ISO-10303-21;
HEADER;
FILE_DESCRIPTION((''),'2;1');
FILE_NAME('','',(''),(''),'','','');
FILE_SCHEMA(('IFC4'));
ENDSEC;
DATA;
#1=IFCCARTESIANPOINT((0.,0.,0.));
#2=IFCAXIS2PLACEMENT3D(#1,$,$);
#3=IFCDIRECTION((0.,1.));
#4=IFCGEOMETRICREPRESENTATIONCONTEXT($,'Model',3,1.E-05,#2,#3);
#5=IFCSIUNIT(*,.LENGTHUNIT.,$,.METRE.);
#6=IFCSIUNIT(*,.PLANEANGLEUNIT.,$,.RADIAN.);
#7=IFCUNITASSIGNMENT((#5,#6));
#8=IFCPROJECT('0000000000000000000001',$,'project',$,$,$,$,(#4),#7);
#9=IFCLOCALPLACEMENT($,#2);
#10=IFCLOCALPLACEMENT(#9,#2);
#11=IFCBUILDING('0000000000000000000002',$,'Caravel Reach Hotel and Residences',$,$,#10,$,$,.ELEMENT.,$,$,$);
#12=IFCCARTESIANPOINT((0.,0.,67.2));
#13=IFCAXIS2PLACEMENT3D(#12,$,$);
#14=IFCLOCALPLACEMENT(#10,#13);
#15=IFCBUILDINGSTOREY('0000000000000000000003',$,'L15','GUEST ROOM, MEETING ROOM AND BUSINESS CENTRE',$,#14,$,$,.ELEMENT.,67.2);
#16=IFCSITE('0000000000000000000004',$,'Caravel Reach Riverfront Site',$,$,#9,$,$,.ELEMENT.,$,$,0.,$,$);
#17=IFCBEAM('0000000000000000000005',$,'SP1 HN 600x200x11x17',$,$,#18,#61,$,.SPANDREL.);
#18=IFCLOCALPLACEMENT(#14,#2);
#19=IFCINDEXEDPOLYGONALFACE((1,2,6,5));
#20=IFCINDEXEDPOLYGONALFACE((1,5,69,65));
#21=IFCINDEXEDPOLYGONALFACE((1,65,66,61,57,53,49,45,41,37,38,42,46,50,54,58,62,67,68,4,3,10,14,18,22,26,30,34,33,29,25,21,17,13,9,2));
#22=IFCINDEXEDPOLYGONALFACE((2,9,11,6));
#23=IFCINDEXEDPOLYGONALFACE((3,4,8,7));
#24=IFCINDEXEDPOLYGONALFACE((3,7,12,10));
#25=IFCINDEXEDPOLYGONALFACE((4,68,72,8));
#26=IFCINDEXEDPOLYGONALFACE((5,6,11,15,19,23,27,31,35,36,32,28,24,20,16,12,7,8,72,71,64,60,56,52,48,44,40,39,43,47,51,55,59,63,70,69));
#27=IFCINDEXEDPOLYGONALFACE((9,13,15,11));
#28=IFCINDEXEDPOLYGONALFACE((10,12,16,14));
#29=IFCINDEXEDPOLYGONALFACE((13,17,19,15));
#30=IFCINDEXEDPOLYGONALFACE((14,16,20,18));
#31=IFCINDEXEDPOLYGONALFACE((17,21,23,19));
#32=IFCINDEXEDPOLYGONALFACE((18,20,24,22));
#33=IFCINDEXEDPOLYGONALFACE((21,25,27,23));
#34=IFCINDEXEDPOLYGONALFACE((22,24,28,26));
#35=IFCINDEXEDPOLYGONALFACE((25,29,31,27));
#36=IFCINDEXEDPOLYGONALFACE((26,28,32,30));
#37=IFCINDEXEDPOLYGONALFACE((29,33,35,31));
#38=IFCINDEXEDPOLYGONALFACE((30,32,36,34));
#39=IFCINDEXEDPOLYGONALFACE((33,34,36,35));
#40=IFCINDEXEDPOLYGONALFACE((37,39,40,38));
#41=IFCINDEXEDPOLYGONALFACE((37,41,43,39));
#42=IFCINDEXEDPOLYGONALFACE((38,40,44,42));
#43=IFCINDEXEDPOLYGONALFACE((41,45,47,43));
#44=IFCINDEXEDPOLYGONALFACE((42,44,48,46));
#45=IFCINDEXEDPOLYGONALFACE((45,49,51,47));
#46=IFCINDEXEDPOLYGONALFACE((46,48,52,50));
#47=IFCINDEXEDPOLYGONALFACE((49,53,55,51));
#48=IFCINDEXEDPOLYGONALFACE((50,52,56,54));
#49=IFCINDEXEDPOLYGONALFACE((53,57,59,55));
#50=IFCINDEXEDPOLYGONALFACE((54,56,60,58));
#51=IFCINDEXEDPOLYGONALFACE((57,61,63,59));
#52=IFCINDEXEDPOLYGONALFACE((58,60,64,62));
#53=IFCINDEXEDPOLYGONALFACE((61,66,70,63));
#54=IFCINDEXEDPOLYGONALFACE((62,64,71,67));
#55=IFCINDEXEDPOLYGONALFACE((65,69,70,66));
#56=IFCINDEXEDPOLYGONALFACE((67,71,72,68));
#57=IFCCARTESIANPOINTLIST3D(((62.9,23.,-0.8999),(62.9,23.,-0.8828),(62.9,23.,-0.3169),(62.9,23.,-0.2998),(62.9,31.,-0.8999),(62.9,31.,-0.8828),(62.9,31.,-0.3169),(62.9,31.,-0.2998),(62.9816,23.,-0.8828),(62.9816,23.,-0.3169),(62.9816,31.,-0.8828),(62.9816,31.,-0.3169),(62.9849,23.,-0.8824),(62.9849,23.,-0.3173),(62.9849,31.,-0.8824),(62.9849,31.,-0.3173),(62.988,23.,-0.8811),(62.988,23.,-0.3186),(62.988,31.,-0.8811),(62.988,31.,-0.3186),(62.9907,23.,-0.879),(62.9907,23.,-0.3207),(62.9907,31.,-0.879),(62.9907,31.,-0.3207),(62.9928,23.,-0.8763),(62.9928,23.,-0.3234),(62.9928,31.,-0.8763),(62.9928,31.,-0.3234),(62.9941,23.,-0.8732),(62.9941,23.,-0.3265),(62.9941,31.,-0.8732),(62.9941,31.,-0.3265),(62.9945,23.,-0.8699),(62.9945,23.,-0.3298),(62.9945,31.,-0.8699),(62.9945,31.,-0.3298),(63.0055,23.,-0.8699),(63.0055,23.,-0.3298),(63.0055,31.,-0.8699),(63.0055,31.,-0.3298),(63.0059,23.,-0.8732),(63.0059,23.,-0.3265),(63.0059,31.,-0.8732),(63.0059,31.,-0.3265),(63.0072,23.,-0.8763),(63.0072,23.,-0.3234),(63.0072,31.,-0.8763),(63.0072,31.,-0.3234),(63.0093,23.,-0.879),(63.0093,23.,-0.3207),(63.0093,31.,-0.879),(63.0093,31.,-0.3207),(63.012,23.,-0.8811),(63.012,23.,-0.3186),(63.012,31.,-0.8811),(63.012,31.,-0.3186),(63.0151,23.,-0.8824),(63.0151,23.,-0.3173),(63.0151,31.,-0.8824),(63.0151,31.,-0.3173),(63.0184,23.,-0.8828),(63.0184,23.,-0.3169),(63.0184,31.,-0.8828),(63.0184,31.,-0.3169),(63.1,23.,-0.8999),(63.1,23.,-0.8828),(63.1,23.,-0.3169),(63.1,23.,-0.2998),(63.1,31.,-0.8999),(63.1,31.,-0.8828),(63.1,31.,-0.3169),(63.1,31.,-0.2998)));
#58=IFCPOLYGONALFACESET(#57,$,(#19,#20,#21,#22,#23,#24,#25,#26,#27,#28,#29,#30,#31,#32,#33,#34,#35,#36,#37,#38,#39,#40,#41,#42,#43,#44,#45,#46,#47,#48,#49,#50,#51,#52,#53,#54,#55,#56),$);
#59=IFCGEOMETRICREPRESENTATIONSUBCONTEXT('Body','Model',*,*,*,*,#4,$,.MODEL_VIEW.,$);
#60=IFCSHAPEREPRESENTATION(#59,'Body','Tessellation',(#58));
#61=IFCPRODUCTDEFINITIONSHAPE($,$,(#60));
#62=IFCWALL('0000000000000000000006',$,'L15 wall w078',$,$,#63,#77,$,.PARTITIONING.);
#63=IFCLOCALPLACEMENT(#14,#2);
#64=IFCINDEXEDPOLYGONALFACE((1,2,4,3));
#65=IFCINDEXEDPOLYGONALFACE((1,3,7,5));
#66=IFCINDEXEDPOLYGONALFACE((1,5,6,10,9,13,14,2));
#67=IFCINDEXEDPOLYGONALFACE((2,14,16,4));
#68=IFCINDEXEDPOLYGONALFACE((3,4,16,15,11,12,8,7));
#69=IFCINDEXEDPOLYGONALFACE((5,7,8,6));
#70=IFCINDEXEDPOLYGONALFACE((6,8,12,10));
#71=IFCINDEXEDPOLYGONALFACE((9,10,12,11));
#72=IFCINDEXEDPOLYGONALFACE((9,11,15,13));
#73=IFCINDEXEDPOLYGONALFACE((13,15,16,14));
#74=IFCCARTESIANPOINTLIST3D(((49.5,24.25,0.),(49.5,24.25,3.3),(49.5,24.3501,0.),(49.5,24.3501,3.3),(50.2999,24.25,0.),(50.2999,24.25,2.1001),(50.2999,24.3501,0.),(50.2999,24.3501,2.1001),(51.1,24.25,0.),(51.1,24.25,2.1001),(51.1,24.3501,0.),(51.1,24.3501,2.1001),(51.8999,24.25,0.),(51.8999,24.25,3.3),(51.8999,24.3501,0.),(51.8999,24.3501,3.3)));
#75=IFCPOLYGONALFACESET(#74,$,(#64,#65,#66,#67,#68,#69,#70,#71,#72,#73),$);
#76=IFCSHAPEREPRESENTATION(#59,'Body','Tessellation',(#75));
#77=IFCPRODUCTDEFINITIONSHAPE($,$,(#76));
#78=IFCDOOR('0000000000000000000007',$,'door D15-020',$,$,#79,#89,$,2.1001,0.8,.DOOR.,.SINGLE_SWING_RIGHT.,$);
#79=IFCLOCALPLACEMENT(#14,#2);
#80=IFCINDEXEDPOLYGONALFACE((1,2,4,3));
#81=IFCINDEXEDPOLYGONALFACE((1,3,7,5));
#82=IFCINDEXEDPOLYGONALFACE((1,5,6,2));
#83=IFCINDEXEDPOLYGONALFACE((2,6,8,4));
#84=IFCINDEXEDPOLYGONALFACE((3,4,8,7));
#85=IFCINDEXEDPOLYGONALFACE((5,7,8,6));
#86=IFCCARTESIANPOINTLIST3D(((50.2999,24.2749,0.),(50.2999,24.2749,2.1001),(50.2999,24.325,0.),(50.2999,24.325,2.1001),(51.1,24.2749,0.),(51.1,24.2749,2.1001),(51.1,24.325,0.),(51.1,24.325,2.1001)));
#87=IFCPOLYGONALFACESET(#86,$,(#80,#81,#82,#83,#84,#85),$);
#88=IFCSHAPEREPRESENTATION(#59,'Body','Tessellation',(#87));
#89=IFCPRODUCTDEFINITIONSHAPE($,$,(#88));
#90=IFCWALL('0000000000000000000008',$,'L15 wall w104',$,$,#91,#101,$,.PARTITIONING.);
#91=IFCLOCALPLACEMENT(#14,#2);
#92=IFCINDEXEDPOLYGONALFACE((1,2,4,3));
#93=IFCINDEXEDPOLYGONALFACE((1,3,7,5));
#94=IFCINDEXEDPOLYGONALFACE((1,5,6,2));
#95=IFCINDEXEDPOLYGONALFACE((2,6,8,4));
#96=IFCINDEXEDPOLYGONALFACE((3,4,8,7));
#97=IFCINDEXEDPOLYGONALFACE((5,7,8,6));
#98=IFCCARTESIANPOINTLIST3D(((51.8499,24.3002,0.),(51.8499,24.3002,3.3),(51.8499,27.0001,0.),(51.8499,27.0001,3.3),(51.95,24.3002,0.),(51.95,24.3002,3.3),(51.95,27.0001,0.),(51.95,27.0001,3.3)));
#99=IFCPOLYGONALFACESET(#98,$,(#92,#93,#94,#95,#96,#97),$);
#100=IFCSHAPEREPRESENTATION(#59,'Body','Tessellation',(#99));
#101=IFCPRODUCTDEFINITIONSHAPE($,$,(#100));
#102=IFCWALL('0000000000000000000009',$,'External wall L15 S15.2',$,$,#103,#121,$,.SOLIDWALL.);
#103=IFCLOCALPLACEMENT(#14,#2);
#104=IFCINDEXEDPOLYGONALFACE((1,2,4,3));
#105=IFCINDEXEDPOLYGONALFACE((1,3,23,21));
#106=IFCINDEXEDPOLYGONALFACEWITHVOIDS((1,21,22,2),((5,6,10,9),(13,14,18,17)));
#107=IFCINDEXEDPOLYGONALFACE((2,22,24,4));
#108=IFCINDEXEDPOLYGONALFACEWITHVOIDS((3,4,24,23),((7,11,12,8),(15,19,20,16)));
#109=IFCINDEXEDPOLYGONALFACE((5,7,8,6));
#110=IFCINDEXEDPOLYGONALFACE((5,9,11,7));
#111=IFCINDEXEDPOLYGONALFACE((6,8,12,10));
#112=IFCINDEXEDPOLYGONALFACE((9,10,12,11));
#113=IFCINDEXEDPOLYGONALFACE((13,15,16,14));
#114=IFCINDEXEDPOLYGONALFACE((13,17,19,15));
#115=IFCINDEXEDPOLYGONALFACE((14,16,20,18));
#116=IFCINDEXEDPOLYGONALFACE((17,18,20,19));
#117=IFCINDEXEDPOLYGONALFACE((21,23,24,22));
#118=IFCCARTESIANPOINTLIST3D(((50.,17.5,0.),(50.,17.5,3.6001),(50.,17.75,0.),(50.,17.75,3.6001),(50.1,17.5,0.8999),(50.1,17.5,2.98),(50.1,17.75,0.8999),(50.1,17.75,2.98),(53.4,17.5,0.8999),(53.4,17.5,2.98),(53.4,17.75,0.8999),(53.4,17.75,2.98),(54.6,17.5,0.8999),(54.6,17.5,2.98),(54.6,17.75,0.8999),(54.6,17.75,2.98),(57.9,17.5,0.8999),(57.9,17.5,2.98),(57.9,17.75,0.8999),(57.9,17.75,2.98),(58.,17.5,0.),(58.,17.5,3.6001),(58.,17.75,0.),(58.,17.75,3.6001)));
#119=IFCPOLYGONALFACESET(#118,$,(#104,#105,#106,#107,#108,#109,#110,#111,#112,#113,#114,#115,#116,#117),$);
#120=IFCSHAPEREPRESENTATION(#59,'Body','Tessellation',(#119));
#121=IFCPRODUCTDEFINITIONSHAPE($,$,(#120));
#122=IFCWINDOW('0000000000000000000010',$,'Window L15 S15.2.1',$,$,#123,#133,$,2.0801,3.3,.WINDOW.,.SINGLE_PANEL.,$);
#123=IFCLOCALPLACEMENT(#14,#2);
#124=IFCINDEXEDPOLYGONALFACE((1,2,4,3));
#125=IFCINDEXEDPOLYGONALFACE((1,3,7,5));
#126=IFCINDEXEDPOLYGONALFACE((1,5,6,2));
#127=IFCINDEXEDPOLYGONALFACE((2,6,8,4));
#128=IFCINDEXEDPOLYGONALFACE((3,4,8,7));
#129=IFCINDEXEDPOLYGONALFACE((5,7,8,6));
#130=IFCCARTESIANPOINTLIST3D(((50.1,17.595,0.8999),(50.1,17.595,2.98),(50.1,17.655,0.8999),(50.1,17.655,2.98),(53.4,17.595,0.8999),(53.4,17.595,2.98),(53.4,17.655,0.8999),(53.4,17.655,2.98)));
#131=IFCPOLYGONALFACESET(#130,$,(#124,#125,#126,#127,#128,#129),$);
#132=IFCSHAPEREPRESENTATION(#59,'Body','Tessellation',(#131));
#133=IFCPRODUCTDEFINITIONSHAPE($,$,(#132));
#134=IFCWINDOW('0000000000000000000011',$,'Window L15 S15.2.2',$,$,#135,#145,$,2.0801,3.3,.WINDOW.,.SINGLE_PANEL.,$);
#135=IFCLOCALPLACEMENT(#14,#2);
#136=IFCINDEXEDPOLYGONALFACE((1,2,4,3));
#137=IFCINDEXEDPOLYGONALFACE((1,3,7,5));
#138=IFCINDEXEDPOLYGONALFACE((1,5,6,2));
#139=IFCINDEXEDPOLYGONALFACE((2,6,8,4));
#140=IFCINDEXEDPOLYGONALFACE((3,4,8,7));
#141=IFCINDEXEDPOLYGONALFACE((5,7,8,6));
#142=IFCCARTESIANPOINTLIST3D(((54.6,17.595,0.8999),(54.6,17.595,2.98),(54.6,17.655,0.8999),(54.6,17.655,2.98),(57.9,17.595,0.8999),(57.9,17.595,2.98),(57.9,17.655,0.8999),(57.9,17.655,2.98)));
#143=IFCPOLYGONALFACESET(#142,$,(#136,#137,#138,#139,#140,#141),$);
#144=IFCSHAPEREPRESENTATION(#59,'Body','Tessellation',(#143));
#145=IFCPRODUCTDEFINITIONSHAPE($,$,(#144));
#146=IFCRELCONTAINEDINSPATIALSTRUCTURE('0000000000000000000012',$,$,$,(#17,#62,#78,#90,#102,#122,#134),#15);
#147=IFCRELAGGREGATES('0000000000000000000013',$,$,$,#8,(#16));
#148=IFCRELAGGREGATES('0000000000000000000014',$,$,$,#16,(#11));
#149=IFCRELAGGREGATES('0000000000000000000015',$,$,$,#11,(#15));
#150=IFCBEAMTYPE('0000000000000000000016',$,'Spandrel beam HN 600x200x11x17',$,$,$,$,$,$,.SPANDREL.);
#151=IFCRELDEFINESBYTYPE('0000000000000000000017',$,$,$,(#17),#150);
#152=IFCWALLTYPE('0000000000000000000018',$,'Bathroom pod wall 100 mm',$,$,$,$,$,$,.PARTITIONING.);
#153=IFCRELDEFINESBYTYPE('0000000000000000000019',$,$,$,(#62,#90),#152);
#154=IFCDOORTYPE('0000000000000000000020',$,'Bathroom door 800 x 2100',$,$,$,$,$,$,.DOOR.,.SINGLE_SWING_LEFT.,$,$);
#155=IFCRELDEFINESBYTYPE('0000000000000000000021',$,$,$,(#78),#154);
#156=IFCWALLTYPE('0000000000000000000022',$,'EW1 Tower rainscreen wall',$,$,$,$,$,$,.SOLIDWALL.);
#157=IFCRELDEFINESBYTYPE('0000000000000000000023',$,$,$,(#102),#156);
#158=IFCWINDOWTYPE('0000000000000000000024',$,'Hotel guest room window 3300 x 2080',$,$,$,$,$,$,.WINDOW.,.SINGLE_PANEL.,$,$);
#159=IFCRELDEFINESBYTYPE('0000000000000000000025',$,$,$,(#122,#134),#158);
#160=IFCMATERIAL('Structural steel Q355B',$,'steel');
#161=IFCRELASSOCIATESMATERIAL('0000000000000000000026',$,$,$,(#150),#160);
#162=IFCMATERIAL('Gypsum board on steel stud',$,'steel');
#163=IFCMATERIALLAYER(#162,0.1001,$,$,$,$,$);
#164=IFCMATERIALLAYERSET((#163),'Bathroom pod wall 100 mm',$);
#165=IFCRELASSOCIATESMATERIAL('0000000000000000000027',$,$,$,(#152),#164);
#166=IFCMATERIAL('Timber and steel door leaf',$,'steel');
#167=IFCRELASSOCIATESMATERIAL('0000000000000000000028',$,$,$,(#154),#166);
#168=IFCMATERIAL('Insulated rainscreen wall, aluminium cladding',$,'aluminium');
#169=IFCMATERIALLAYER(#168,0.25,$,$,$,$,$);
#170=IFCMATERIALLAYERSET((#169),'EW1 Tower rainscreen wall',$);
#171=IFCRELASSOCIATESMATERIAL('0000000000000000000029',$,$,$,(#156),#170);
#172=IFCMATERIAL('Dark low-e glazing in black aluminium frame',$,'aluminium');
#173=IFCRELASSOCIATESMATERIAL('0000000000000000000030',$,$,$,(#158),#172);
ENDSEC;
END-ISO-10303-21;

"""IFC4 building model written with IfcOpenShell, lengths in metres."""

from ifc_helpers import new_model, si_unit, direction, frame, frame_2d, origin, origin_2d, place, context, subcontext, project, spatial, rectangle, i_section, extrude, material, layer, layer_set, material_profile, profile_set, type_object, element, fill, save


model = new_model("IFC4")

# Units and contexts
model_context = context("Model", 3, precision=1e-05, world=origin(), true_north=direction((0.0, 1.0)))
body_context = subcontext(model_context, "Body", "Model", "MODEL_VIEW")
ifc_project = project(units=[si_unit("LENGTHUNIT", "METRE"), si_unit("PLANEANGLEUNIT", "RADIAN")], contexts=[model_context])

# Site, building, storey
site_placement = place(None, origin())
site = spatial("IfcSite", under=ifc_project, at=site_placement, Name="Caravel Reach Riverfront Site", CompositionType="ELEMENT", RefElevation=0.0)
building_placement = place(site_placement, origin())
building = spatial("IfcBuilding", under=site, at=building_placement, Name="Caravel Reach Hotel and Residences", CompositionType="ELEMENT")
storey_placement = place(building_placement, frame((0.0, 0.0, 67.2)))
storey = spatial("IfcBuildingStorey", under=building, at=storey_placement, Name="L15", Description="GUEST ROOM, MEETING ROOM AND BUSINESS CENTRE", CompositionType="ELEMENT", Elevation=67.2)

# Beam
ifc_material_1 = material(Name="Structural steel Q355B", Category="steel")
ifc_material_profile_1 = material_profile(ifc_material_1, i_section(OverallWidth=0.2, OverallDepth=0.6001, WebThickness=0.011, FlangeThickness=0.0171, FilletRadius=0.0129, at=origin_2d()), Name="HN 600x200x11x17")
ifc_profile_set_1 = profile_set([ifc_material_profile_1], Name="Structural steel Q355B")
beam_type_1 = type_object("IfcBeamType", Name="Spandrel beam HN 600x200x11x17", PredefinedType="SPANDREL", material=ifc_profile_set_1)
beam_1_placement = place(storey_placement, frame((63.0, 23.0, -0.5999), z_axis=(0.0, 1.0, 0.0), x_axis=(-1.0, 0.0, 0.0)))
element("IfcBeam", 1, at=beam_1_placement, inside=storey, type_object=beam_type_1, Name="SP1 HN 600x200x11x17", PredefinedType="SPANDREL", context=body_context, shape_type="SweptSolid", body=[
    extrude(i_section(OverallWidth=0.2, OverallDepth=0.6001, WebThickness=0.011, FlangeThickness=0.0171, FilletRadius=0.0129, at=origin_2d()), origin(), (0.0, 0.0, 1.0), 8.0),
])

# Wall, opening, door
ifc_material_2 = material(Name="Gypsum board on steel stud", Category="steel")
ifc_layer_1 = layer(ifc_material_2, 0.1001)
ifc_layer_set_1 = layer_set([ifc_layer_1], Name="Bathroom pod wall 100 mm")
wall_type_1 = type_object("IfcWallType", Name="Bathroom pod wall 100 mm", PredefinedType="PARTITIONING", material=ifc_layer_set_1)
wall_1_placement = place(storey_placement, frame((49.5, 24.3, 0.0), z_axis=(0.0, 0.0, 1.0), x_axis=(1.0, 0.0, 0.0)))
wall_1 = element("IfcWall", 2, at=wall_1_placement, inside=storey, type_object=wall_type_1, Name="L15 wall w078", PredefinedType="PARTITIONING", context=body_context, shape_type="SweptSolid", body=[
    extrude(rectangle(XDim=2.3999, YDim=0.1001, at=frame_2d((1.2, 0.0))), origin(), (0.0, 0.0, 1.0), 3.3),
])
opening_1_placement = place(wall_1_placement, frame((0.8, 0.0, 0.0)))
opening_1 = element("IfcOpeningElement", 3, at=opening_1_placement, cuts=wall_1, PredefinedType="OPENING", context=body_context, shape_type="SweptSolid", body=[
    extrude(rectangle(XDim=0.8, YDim=2.1001, at=frame_2d((0.3999, 1.05))), frame((0.0, 0.0601, 0.0), z_axis=(0.0, -1.0, 0.0), x_axis=(1.0, 0.0, 0.0)), (0.0, 0.0, 1.0), 0.1201),
])
ifc_material_3 = material(Name="Timber and steel door leaf", Category="steel")
door_type = type_object("IfcDoorType", Name="Bathroom door 800 x 2100", OperationType="SINGLE_SWING_LEFT", PredefinedType="DOOR", material=ifc_material_3)
door_placement = place(opening_1_placement, origin())
door = element("IfcDoor", 4, at=door_placement, inside=storey, type_object=door_type, Name="door D15-020", OperationType="SINGLE_SWING_RIGHT", OverallHeight=2.1001, OverallWidth=0.8, PredefinedType="DOOR", context=body_context, shape_type="SweptSolid", body=[
    extrude(rectangle(XDim=0.8, YDim=2.1001, at=frame_2d((0.3999, 1.05))), frame((0.0, 0.0249, 0.0), z_axis=(0.0, -1.0, 0.0), x_axis=(1.0, 0.0, 0.0)), (0.0, 0.0, 1.0), 0.05),
])
fill(opening_1, door)

# Wall
wall_2_placement = place(storey_placement, frame((51.8999, 24.3, 0.0), z_axis=(0.0, 0.0, 1.0), x_axis=(0.0, 1.0, 0.0)))
element("IfcWall", 5, at=wall_2_placement, inside=storey, type_object=wall_type_1, Name="L15 wall w104", PredefinedType="PARTITIONING", context=body_context, shape_type="SweptSolid", body=[
    extrude(rectangle(XDim=2.7, YDim=0.1001, at=frame_2d((1.3501, 0.0))), origin(), (0.0, 0.0, 1.0), 3.3),
])

# Wall, openings, windows
ifc_material_4 = material(Name="Insulated rainscreen wall, aluminium cladding", Category="aluminium")
ifc_layer_2 = layer(ifc_material_4, 0.25)
ifc_layer_set_2 = layer_set([ifc_layer_2], Name="EW1 Tower rainscreen wall")
wall_type_2 = type_object("IfcWallType", Name="EW1 Tower rainscreen wall", PredefinedType="SOLIDWALL", material=ifc_layer_set_2)
wall_3_placement = place(storey_placement, frame((50.0, 17.625, 0.0), z_axis=(0.0, 0.0, 1.0), x_axis=(1.0, 0.0, 0.0)))
wall_3 = element("IfcWall", 6, at=wall_3_placement, inside=storey, type_object=wall_type_2, Name="External wall L15 S15.2", PredefinedType="SOLIDWALL", context=body_context, shape_type="SweptSolid", body=[
    extrude(rectangle(XDim=8.0, YDim=0.25, at=frame_2d((4.0, 0.0))), origin(), (0.0, 0.0, 1.0), 3.6001),
])
opening_2_placement = place(wall_3_placement, frame((0.1001, 0.0, 0.8999)))
opening_2 = element("IfcOpeningElement", 7, at=opening_2_placement, cuts=wall_3, PredefinedType="OPENING", context=body_context, shape_type="SweptSolid", body=[
    extrude(rectangle(XDim=3.3, YDim=2.0801, at=frame_2d((1.6499, 1.04))), frame((0.0, 0.135, 0.0), z_axis=(0.0, -1.0, 0.0), x_axis=(1.0, 0.0, 0.0)), (0.0, 0.0, 1.0), 0.27),
])
opening_3_placement = place(wall_3_placement, frame((4.6001, 0.0, 0.8999)))
opening_3 = element("IfcOpeningElement", 8, at=opening_3_placement, cuts=wall_3, PredefinedType="OPENING", context=body_context, shape_type="SweptSolid", body=[
    extrude(rectangle(XDim=3.3, YDim=2.0801, at=frame_2d((1.6499, 1.04))), frame((0.0, 0.135, 0.0), z_axis=(0.0, -1.0, 0.0), x_axis=(1.0, 0.0, 0.0)), (0.0, 0.0, 1.0), 0.27),
])
ifc_material_5 = material(Name="Dark low-e glazing in black aluminium frame", Category="aluminium")
window_type_1 = type_object("IfcWindowType", Name="Hotel guest room window 3300 x 2080", PartitioningType="SINGLE_PANEL", PredefinedType="WINDOW", material=ifc_material_5)
window_1_placement = place(opening_2_placement, origin())
window_1 = element("IfcWindow", 9, at=window_1_placement, inside=storey, type_object=window_type_1, Name="Window L15 S15.2.1", OverallHeight=2.0801, OverallWidth=3.3, PartitioningType="SINGLE_PANEL", PredefinedType="WINDOW", context=body_context, shape_type="SweptSolid", body=[
    extrude(rectangle(XDim=3.3, YDim=2.0801, at=frame_2d((1.6499, 1.04))), frame((0.0, 0.03, 0.0), z_axis=(0.0, -1.0, 0.0), x_axis=(1.0, 0.0, 0.0)), (0.0, 0.0, 1.0), 0.0601),
])
fill(opening_2, window_1)
window_2_placement = place(opening_3_placement, origin())
window_2 = element("IfcWindow", 10, at=window_2_placement, inside=storey, type_object=window_type_1, Name="Window L15 S15.2.2", OverallHeight=2.0801, OverallWidth=3.3, PartitioningType="SINGLE_PANEL", PredefinedType="WINDOW", context=body_context, shape_type="SweptSolid", body=[
    extrude(rectangle(XDim=3.3, YDim=2.0801, at=frame_2d((1.6499, 1.04))), frame((0.0, 0.03, 0.0), z_axis=(0.0, -1.0, 0.0), x_axis=(1.0, 0.0, 0.0)), (0.0, 0.0, 1.0), 0.0601),
])
fill(opening_3, window_2)

save(model, "model.ifc")
